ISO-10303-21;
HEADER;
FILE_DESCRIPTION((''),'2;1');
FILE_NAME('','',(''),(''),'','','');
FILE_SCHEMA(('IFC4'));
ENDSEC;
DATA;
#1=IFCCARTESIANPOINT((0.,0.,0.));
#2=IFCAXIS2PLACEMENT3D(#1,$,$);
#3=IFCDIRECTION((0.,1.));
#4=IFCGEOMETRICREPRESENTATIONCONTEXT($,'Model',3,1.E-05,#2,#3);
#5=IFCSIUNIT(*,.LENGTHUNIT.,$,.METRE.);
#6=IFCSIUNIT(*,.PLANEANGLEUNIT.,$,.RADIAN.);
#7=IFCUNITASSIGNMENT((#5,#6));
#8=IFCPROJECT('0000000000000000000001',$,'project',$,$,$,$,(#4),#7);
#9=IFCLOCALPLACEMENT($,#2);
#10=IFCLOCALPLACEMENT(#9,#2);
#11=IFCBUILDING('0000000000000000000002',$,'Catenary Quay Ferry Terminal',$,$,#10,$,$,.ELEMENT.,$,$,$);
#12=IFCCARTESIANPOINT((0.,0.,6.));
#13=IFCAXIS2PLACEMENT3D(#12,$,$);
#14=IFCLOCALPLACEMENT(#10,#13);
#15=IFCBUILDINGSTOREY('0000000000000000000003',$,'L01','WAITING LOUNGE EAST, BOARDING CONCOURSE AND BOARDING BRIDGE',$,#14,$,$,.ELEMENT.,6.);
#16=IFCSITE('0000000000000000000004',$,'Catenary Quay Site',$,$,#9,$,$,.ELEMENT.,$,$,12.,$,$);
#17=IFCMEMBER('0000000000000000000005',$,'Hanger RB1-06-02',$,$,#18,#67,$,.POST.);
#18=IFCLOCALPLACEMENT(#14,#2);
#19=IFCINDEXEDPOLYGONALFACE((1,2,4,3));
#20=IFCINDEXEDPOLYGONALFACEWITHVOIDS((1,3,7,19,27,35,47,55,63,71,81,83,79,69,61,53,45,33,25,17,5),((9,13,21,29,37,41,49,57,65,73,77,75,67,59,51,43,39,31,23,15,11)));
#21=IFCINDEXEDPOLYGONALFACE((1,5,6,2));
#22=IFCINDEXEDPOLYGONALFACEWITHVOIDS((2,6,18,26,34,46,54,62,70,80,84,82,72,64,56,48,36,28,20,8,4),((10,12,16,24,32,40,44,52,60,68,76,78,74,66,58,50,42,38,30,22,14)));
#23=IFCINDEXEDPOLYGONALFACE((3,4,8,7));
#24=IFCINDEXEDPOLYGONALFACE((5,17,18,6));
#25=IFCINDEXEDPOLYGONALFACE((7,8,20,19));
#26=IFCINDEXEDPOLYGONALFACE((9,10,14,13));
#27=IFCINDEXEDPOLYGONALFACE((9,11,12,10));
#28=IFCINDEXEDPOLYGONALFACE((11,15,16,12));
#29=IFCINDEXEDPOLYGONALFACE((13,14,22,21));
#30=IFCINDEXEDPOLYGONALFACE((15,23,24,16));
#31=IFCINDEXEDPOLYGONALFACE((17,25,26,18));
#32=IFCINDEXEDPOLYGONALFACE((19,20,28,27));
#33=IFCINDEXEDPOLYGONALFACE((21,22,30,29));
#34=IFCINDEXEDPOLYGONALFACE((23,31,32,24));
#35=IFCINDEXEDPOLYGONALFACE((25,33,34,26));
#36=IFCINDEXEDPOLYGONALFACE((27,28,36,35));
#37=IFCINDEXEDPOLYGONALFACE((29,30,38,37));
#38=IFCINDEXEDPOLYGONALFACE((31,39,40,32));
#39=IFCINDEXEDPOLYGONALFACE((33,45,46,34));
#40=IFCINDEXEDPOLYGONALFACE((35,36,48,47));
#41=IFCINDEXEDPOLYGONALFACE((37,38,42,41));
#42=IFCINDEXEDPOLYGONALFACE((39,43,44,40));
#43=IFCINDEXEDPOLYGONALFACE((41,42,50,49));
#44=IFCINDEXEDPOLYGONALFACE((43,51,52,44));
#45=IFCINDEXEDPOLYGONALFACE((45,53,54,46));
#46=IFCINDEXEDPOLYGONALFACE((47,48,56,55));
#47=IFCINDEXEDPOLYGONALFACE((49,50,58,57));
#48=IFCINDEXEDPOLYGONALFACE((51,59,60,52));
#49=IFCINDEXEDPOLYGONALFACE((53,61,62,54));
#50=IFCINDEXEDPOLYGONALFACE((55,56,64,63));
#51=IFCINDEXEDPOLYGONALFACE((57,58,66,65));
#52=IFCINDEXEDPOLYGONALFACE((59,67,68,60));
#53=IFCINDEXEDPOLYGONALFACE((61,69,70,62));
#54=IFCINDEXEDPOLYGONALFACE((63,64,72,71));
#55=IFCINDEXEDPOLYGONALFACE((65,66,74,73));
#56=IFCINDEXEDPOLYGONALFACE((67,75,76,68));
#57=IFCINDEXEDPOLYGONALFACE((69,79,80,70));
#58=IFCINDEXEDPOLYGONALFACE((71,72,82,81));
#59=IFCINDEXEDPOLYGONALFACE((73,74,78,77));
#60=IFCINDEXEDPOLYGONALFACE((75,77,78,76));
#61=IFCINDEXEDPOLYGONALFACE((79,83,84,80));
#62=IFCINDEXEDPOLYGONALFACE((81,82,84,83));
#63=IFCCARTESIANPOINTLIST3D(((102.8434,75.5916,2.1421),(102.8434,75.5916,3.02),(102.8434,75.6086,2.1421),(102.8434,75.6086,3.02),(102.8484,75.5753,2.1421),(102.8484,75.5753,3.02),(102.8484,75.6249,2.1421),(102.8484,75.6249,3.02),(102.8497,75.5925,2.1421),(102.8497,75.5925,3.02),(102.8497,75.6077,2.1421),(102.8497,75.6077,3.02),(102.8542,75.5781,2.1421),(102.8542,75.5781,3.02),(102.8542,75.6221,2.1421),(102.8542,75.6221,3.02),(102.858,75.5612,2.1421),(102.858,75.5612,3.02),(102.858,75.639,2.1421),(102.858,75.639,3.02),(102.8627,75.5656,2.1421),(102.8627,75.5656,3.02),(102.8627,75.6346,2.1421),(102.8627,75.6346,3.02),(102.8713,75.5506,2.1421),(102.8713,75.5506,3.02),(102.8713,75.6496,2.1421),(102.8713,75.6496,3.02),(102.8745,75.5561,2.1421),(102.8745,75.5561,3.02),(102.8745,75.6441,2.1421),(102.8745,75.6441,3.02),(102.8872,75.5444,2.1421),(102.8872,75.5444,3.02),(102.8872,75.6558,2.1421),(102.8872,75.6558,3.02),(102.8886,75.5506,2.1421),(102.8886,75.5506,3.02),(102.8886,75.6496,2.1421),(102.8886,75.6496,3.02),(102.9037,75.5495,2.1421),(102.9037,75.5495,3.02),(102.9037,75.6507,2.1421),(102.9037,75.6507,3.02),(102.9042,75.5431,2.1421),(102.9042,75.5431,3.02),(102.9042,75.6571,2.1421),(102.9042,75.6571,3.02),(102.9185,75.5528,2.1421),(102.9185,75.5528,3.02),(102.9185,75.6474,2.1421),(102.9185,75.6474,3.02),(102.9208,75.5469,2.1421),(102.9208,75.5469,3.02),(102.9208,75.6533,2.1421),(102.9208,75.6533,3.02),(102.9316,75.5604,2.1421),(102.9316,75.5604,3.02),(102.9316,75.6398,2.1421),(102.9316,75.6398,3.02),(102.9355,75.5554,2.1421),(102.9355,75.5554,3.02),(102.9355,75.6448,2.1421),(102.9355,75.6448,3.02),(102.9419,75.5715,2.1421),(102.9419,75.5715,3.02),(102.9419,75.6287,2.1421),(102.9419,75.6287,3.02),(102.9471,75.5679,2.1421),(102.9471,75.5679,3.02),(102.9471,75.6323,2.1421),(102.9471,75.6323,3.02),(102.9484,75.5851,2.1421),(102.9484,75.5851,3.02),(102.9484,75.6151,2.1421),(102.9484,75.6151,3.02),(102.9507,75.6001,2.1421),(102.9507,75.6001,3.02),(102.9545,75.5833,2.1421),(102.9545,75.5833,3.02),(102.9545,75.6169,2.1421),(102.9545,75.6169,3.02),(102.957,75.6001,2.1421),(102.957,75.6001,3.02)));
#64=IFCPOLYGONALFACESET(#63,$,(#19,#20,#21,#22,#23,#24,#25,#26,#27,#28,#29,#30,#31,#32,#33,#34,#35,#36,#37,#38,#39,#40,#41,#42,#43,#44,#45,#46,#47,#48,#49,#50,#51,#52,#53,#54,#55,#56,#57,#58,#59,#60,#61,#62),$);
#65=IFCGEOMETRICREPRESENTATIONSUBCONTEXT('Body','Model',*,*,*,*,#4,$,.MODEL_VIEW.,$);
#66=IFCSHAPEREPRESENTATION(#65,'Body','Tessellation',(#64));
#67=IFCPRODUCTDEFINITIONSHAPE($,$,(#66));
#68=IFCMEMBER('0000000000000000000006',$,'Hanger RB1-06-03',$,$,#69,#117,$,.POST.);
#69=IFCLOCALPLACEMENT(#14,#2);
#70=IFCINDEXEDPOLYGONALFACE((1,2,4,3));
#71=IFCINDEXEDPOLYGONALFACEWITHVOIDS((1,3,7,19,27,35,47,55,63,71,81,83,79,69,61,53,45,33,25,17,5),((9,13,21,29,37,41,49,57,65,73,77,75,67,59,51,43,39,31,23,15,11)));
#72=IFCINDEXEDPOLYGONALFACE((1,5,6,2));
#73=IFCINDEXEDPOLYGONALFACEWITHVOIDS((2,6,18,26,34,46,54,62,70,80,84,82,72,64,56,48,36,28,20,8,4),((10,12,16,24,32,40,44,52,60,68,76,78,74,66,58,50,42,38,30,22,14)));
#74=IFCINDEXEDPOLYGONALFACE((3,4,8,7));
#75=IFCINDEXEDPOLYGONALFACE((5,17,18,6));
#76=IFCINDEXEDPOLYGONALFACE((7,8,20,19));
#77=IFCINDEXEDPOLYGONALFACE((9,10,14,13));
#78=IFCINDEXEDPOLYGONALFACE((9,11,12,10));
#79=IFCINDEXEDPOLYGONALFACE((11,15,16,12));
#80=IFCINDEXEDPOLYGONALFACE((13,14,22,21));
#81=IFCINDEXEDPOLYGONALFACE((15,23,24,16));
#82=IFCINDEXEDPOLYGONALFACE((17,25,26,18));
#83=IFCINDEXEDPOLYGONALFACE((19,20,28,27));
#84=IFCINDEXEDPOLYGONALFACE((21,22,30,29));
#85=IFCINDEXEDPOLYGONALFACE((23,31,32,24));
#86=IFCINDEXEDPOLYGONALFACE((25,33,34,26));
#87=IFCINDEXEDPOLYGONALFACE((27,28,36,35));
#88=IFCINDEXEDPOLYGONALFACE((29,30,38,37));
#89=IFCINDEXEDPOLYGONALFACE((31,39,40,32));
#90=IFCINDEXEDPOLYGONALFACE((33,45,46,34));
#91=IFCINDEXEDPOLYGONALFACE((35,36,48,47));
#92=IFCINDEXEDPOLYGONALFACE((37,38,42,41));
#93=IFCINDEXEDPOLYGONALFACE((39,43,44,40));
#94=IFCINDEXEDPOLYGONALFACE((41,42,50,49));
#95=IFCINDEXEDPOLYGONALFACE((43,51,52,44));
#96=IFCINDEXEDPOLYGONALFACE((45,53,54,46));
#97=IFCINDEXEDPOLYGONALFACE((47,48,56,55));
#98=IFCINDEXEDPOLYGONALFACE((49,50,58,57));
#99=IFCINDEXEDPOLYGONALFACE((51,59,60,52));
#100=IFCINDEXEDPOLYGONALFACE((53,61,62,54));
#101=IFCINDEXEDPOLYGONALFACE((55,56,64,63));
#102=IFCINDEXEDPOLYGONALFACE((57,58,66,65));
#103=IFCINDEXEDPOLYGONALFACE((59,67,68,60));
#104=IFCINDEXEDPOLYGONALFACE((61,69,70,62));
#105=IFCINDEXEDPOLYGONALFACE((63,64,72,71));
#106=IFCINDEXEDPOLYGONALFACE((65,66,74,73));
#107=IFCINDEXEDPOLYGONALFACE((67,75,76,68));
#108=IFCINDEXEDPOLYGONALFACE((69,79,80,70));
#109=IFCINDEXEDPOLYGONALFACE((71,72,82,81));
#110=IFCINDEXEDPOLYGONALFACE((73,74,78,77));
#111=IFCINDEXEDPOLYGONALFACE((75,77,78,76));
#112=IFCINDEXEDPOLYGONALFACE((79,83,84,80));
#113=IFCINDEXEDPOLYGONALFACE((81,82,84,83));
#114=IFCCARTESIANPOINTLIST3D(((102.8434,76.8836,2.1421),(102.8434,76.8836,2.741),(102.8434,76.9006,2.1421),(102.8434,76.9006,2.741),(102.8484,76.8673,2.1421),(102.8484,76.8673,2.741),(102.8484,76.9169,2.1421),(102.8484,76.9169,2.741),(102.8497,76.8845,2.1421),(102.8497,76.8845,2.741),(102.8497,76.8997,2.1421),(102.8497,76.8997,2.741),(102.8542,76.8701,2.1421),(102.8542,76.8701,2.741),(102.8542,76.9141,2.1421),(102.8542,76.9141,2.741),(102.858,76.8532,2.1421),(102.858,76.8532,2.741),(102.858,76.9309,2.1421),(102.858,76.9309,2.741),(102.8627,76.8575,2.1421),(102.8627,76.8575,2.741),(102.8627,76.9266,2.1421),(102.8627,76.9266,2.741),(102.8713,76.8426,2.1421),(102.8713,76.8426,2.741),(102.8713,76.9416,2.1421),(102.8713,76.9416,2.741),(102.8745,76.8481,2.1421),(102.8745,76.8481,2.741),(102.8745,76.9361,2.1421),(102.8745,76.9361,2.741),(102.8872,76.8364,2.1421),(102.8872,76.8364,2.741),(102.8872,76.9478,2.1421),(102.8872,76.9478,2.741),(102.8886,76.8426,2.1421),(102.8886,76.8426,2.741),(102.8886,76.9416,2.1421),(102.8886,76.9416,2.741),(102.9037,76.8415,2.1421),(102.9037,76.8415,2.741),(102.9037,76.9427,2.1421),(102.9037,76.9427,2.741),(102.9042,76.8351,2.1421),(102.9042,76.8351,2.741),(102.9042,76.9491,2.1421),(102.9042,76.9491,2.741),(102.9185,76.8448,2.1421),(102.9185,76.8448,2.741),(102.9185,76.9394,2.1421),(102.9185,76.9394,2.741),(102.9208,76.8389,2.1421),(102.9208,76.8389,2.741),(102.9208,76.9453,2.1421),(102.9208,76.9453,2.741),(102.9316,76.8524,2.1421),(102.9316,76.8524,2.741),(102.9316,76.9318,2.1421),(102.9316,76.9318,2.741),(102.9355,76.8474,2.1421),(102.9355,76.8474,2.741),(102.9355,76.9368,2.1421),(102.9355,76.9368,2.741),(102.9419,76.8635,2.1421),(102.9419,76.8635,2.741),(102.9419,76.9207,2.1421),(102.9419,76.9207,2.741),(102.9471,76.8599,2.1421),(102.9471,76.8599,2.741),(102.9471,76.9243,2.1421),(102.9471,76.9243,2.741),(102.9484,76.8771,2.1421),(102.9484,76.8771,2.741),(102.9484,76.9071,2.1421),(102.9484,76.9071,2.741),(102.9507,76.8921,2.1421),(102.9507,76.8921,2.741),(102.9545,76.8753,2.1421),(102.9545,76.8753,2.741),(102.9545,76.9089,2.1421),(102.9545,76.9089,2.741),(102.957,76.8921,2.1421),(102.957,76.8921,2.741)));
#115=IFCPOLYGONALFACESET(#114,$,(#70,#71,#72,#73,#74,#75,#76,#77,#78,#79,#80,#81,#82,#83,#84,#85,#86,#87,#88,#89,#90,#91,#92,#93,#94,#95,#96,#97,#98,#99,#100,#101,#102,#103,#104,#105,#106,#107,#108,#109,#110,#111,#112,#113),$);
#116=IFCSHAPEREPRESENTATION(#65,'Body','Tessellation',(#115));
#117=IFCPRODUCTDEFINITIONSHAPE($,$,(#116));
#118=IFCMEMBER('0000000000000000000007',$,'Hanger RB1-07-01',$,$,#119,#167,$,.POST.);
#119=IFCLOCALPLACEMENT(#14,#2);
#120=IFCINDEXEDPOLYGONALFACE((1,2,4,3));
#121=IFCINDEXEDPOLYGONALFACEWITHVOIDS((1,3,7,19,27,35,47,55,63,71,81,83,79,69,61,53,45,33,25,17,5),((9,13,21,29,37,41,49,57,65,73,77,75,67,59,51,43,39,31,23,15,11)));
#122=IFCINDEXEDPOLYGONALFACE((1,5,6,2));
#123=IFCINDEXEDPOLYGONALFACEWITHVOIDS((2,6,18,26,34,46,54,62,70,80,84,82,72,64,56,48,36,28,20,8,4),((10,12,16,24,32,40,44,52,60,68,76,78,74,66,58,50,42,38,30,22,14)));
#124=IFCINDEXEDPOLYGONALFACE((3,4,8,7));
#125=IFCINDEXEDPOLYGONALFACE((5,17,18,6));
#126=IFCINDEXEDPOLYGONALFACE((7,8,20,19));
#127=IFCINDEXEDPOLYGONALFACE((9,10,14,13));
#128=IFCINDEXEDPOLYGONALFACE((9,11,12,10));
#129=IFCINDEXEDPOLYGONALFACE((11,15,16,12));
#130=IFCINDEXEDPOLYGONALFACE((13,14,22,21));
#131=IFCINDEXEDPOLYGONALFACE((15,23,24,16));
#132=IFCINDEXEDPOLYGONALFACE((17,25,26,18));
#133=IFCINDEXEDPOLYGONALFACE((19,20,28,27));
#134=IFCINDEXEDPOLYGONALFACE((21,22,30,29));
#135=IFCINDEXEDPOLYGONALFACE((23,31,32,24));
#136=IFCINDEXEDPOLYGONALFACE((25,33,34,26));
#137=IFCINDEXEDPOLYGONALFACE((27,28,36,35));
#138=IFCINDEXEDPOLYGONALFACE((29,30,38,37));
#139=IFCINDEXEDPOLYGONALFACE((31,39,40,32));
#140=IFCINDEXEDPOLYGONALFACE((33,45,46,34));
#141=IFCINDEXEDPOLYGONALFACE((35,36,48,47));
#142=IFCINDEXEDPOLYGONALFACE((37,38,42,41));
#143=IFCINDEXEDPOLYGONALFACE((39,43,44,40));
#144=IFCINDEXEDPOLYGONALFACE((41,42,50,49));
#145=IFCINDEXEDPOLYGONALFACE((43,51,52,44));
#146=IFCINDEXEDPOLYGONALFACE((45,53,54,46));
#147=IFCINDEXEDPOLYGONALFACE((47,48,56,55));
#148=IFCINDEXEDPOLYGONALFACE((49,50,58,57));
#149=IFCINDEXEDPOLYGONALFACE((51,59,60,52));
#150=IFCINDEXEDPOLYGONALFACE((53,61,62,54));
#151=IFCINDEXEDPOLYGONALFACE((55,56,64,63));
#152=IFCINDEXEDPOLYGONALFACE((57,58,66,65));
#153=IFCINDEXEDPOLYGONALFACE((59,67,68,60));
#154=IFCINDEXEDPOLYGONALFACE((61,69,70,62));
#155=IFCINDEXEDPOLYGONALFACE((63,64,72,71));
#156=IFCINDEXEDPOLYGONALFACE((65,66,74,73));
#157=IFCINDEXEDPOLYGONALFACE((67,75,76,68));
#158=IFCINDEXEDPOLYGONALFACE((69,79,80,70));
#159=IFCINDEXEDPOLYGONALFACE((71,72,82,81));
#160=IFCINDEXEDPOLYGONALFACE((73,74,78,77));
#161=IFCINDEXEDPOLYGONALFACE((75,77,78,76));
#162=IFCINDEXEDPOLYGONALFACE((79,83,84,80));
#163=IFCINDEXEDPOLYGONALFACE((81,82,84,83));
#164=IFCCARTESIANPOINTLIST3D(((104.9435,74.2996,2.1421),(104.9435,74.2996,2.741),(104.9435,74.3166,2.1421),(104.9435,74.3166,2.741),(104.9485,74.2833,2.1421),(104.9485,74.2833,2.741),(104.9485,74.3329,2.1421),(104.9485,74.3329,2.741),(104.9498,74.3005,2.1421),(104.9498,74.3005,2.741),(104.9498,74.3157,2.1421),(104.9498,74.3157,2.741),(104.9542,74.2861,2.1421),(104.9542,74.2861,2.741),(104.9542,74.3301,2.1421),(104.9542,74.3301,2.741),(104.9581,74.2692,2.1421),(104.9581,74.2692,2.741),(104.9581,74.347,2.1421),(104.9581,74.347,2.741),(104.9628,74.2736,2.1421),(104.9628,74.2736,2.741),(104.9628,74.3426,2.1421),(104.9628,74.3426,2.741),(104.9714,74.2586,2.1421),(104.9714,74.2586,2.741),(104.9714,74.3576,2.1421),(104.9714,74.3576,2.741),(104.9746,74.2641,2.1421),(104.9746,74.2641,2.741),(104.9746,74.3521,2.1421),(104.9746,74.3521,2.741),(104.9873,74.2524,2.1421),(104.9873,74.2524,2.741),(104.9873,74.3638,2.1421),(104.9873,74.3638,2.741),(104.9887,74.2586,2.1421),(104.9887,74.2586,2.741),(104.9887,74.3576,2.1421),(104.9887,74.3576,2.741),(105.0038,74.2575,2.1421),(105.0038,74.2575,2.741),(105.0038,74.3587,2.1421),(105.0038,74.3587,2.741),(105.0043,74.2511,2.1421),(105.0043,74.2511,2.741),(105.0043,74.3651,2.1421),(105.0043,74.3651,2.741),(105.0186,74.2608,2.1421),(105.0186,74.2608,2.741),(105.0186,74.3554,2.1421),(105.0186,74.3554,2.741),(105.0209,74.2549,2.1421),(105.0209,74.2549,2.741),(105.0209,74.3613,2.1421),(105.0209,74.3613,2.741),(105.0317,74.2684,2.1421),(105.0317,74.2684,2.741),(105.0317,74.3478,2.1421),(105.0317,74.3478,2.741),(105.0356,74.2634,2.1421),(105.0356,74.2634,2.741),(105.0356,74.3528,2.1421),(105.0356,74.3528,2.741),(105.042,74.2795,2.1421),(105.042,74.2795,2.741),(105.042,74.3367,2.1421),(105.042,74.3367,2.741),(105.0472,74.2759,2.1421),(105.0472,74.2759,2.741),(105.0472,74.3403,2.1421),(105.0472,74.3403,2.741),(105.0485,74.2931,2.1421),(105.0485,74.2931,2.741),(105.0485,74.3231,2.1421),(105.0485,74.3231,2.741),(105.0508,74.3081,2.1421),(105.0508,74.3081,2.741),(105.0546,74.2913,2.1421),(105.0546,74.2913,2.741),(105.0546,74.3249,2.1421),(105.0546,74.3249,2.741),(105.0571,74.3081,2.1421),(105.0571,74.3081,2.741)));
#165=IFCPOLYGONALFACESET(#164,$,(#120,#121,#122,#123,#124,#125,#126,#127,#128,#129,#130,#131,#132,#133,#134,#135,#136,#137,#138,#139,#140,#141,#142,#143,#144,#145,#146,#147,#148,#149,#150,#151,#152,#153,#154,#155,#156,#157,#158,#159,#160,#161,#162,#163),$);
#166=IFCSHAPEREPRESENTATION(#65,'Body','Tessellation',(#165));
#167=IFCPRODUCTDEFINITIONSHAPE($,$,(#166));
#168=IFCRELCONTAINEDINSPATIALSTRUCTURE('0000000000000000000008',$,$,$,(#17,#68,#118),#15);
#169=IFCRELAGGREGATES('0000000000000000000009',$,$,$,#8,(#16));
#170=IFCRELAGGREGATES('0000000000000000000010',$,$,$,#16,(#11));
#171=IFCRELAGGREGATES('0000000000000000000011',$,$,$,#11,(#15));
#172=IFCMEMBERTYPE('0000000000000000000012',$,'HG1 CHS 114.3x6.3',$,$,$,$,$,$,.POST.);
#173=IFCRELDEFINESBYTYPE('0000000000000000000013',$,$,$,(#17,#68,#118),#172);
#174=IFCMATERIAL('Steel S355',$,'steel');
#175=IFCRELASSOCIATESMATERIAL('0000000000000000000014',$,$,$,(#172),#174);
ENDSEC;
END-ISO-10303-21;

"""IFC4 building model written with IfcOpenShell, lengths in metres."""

from ifc_helpers import new_model, si_unit, direction, frame, origin, origin_2d, place, context, subcontext, project, spatial, hollow_circle, extrude, material, material_profile, profile_set, type_object, element, save


model = new_model("IFC4")

# Units and contexts
model_context = context("Model", 3, precision=1e-05, world=origin(), true_north=direction((0.0, 1.0)))
body_context = subcontext(model_context, "Body", "Model", "MODEL_VIEW")
ifc_project = project(units=[si_unit("LENGTHUNIT", "METRE"), si_unit("PLANEANGLEUNIT", "RADIAN")], contexts=[model_context])

# Site, building, storey
site_placement = place(None, origin())
site = spatial("IfcSite", under=ifc_project, at=site_placement, Name="Catenary Quay Site", CompositionType="ELEMENT", RefElevation=12.0)
building_placement = place(site_placement, origin())
building = spatial("IfcBuilding", under=site, at=building_placement, Name="Catenary Quay Ferry Terminal", CompositionType="ELEMENT")
storey_placement = place(building_placement, frame((0.0, 0.0, 6.0)))
storey = spatial("IfcBuildingStorey", under=building, at=storey_placement, Name="L01", Description="WAITING LOUNGE EAST, BOARDING CONCOURSE AND BOARDING BRIDGE", CompositionType="ELEMENT", Elevation=6.0)

# Members
ifc_material_1 = material(Name="Steel S355", Category="steel")
ifc_material_profile_1 = material_profile(ifc_material_1, hollow_circle(Radius=0.0571, WallThickness=0.0063, at=origin_2d()), Name="CHS 114.3x6.3")
ifc_profile_set_1 = profile_set([ifc_material_profile_1], Name="Steel S355")
member_type_1 = type_object("IfcMemberType", Name="HG1 CHS 114.3x6.3", PredefinedType="POST", material=ifc_profile_set_1)
member_1_placement = place(storey_placement, frame((102.8999, 75.6001, 2.1421), z_axis=(0.0, 0.0, 1.0), x_axis=(1.0, 0.0, 0.0)))
element("IfcMember", 1, at=member_1_placement, inside=storey, type_object=member_type_1, Name="Hanger RB1-06-02", PredefinedType="POST", context=body_context, shape_type="SweptSolid", body=[
    extrude(hollow_circle(Radius=0.0571, WallThickness=0.0063, at=origin_2d()), origin(), (0.0, 0.0, 1.0), 0.8779),
])
for number, where, z_axis, x_axis, name in (
    (2, (102.8999, 76.8921, 2.1421), (0.0, 0.0, 1.0), (1.0, 0.0, 0.0), "Hanger RB1-06-03"),
    (3, (105.0, 74.3081, 2.1421), (0.0, 0.0, 1.0), (1.0, 0.0, 0.0), "Hanger RB1-07-01"),
):
    element("IfcMember", number, at=place(storey_placement, frame(where, z_axis=z_axis, x_axis=x_axis)), inside=storey, type_object=member_type_1, Name=name, PredefinedType="POST", context=body_context, shape_type="SweptSolid", body=[
        extrude(hollow_circle(Radius=0.0571, WallThickness=0.0063, at=origin_2d()), origin(), (0.0, 0.0, 1.0), 0.5989),
    ])

save(model, "model.ifc")
